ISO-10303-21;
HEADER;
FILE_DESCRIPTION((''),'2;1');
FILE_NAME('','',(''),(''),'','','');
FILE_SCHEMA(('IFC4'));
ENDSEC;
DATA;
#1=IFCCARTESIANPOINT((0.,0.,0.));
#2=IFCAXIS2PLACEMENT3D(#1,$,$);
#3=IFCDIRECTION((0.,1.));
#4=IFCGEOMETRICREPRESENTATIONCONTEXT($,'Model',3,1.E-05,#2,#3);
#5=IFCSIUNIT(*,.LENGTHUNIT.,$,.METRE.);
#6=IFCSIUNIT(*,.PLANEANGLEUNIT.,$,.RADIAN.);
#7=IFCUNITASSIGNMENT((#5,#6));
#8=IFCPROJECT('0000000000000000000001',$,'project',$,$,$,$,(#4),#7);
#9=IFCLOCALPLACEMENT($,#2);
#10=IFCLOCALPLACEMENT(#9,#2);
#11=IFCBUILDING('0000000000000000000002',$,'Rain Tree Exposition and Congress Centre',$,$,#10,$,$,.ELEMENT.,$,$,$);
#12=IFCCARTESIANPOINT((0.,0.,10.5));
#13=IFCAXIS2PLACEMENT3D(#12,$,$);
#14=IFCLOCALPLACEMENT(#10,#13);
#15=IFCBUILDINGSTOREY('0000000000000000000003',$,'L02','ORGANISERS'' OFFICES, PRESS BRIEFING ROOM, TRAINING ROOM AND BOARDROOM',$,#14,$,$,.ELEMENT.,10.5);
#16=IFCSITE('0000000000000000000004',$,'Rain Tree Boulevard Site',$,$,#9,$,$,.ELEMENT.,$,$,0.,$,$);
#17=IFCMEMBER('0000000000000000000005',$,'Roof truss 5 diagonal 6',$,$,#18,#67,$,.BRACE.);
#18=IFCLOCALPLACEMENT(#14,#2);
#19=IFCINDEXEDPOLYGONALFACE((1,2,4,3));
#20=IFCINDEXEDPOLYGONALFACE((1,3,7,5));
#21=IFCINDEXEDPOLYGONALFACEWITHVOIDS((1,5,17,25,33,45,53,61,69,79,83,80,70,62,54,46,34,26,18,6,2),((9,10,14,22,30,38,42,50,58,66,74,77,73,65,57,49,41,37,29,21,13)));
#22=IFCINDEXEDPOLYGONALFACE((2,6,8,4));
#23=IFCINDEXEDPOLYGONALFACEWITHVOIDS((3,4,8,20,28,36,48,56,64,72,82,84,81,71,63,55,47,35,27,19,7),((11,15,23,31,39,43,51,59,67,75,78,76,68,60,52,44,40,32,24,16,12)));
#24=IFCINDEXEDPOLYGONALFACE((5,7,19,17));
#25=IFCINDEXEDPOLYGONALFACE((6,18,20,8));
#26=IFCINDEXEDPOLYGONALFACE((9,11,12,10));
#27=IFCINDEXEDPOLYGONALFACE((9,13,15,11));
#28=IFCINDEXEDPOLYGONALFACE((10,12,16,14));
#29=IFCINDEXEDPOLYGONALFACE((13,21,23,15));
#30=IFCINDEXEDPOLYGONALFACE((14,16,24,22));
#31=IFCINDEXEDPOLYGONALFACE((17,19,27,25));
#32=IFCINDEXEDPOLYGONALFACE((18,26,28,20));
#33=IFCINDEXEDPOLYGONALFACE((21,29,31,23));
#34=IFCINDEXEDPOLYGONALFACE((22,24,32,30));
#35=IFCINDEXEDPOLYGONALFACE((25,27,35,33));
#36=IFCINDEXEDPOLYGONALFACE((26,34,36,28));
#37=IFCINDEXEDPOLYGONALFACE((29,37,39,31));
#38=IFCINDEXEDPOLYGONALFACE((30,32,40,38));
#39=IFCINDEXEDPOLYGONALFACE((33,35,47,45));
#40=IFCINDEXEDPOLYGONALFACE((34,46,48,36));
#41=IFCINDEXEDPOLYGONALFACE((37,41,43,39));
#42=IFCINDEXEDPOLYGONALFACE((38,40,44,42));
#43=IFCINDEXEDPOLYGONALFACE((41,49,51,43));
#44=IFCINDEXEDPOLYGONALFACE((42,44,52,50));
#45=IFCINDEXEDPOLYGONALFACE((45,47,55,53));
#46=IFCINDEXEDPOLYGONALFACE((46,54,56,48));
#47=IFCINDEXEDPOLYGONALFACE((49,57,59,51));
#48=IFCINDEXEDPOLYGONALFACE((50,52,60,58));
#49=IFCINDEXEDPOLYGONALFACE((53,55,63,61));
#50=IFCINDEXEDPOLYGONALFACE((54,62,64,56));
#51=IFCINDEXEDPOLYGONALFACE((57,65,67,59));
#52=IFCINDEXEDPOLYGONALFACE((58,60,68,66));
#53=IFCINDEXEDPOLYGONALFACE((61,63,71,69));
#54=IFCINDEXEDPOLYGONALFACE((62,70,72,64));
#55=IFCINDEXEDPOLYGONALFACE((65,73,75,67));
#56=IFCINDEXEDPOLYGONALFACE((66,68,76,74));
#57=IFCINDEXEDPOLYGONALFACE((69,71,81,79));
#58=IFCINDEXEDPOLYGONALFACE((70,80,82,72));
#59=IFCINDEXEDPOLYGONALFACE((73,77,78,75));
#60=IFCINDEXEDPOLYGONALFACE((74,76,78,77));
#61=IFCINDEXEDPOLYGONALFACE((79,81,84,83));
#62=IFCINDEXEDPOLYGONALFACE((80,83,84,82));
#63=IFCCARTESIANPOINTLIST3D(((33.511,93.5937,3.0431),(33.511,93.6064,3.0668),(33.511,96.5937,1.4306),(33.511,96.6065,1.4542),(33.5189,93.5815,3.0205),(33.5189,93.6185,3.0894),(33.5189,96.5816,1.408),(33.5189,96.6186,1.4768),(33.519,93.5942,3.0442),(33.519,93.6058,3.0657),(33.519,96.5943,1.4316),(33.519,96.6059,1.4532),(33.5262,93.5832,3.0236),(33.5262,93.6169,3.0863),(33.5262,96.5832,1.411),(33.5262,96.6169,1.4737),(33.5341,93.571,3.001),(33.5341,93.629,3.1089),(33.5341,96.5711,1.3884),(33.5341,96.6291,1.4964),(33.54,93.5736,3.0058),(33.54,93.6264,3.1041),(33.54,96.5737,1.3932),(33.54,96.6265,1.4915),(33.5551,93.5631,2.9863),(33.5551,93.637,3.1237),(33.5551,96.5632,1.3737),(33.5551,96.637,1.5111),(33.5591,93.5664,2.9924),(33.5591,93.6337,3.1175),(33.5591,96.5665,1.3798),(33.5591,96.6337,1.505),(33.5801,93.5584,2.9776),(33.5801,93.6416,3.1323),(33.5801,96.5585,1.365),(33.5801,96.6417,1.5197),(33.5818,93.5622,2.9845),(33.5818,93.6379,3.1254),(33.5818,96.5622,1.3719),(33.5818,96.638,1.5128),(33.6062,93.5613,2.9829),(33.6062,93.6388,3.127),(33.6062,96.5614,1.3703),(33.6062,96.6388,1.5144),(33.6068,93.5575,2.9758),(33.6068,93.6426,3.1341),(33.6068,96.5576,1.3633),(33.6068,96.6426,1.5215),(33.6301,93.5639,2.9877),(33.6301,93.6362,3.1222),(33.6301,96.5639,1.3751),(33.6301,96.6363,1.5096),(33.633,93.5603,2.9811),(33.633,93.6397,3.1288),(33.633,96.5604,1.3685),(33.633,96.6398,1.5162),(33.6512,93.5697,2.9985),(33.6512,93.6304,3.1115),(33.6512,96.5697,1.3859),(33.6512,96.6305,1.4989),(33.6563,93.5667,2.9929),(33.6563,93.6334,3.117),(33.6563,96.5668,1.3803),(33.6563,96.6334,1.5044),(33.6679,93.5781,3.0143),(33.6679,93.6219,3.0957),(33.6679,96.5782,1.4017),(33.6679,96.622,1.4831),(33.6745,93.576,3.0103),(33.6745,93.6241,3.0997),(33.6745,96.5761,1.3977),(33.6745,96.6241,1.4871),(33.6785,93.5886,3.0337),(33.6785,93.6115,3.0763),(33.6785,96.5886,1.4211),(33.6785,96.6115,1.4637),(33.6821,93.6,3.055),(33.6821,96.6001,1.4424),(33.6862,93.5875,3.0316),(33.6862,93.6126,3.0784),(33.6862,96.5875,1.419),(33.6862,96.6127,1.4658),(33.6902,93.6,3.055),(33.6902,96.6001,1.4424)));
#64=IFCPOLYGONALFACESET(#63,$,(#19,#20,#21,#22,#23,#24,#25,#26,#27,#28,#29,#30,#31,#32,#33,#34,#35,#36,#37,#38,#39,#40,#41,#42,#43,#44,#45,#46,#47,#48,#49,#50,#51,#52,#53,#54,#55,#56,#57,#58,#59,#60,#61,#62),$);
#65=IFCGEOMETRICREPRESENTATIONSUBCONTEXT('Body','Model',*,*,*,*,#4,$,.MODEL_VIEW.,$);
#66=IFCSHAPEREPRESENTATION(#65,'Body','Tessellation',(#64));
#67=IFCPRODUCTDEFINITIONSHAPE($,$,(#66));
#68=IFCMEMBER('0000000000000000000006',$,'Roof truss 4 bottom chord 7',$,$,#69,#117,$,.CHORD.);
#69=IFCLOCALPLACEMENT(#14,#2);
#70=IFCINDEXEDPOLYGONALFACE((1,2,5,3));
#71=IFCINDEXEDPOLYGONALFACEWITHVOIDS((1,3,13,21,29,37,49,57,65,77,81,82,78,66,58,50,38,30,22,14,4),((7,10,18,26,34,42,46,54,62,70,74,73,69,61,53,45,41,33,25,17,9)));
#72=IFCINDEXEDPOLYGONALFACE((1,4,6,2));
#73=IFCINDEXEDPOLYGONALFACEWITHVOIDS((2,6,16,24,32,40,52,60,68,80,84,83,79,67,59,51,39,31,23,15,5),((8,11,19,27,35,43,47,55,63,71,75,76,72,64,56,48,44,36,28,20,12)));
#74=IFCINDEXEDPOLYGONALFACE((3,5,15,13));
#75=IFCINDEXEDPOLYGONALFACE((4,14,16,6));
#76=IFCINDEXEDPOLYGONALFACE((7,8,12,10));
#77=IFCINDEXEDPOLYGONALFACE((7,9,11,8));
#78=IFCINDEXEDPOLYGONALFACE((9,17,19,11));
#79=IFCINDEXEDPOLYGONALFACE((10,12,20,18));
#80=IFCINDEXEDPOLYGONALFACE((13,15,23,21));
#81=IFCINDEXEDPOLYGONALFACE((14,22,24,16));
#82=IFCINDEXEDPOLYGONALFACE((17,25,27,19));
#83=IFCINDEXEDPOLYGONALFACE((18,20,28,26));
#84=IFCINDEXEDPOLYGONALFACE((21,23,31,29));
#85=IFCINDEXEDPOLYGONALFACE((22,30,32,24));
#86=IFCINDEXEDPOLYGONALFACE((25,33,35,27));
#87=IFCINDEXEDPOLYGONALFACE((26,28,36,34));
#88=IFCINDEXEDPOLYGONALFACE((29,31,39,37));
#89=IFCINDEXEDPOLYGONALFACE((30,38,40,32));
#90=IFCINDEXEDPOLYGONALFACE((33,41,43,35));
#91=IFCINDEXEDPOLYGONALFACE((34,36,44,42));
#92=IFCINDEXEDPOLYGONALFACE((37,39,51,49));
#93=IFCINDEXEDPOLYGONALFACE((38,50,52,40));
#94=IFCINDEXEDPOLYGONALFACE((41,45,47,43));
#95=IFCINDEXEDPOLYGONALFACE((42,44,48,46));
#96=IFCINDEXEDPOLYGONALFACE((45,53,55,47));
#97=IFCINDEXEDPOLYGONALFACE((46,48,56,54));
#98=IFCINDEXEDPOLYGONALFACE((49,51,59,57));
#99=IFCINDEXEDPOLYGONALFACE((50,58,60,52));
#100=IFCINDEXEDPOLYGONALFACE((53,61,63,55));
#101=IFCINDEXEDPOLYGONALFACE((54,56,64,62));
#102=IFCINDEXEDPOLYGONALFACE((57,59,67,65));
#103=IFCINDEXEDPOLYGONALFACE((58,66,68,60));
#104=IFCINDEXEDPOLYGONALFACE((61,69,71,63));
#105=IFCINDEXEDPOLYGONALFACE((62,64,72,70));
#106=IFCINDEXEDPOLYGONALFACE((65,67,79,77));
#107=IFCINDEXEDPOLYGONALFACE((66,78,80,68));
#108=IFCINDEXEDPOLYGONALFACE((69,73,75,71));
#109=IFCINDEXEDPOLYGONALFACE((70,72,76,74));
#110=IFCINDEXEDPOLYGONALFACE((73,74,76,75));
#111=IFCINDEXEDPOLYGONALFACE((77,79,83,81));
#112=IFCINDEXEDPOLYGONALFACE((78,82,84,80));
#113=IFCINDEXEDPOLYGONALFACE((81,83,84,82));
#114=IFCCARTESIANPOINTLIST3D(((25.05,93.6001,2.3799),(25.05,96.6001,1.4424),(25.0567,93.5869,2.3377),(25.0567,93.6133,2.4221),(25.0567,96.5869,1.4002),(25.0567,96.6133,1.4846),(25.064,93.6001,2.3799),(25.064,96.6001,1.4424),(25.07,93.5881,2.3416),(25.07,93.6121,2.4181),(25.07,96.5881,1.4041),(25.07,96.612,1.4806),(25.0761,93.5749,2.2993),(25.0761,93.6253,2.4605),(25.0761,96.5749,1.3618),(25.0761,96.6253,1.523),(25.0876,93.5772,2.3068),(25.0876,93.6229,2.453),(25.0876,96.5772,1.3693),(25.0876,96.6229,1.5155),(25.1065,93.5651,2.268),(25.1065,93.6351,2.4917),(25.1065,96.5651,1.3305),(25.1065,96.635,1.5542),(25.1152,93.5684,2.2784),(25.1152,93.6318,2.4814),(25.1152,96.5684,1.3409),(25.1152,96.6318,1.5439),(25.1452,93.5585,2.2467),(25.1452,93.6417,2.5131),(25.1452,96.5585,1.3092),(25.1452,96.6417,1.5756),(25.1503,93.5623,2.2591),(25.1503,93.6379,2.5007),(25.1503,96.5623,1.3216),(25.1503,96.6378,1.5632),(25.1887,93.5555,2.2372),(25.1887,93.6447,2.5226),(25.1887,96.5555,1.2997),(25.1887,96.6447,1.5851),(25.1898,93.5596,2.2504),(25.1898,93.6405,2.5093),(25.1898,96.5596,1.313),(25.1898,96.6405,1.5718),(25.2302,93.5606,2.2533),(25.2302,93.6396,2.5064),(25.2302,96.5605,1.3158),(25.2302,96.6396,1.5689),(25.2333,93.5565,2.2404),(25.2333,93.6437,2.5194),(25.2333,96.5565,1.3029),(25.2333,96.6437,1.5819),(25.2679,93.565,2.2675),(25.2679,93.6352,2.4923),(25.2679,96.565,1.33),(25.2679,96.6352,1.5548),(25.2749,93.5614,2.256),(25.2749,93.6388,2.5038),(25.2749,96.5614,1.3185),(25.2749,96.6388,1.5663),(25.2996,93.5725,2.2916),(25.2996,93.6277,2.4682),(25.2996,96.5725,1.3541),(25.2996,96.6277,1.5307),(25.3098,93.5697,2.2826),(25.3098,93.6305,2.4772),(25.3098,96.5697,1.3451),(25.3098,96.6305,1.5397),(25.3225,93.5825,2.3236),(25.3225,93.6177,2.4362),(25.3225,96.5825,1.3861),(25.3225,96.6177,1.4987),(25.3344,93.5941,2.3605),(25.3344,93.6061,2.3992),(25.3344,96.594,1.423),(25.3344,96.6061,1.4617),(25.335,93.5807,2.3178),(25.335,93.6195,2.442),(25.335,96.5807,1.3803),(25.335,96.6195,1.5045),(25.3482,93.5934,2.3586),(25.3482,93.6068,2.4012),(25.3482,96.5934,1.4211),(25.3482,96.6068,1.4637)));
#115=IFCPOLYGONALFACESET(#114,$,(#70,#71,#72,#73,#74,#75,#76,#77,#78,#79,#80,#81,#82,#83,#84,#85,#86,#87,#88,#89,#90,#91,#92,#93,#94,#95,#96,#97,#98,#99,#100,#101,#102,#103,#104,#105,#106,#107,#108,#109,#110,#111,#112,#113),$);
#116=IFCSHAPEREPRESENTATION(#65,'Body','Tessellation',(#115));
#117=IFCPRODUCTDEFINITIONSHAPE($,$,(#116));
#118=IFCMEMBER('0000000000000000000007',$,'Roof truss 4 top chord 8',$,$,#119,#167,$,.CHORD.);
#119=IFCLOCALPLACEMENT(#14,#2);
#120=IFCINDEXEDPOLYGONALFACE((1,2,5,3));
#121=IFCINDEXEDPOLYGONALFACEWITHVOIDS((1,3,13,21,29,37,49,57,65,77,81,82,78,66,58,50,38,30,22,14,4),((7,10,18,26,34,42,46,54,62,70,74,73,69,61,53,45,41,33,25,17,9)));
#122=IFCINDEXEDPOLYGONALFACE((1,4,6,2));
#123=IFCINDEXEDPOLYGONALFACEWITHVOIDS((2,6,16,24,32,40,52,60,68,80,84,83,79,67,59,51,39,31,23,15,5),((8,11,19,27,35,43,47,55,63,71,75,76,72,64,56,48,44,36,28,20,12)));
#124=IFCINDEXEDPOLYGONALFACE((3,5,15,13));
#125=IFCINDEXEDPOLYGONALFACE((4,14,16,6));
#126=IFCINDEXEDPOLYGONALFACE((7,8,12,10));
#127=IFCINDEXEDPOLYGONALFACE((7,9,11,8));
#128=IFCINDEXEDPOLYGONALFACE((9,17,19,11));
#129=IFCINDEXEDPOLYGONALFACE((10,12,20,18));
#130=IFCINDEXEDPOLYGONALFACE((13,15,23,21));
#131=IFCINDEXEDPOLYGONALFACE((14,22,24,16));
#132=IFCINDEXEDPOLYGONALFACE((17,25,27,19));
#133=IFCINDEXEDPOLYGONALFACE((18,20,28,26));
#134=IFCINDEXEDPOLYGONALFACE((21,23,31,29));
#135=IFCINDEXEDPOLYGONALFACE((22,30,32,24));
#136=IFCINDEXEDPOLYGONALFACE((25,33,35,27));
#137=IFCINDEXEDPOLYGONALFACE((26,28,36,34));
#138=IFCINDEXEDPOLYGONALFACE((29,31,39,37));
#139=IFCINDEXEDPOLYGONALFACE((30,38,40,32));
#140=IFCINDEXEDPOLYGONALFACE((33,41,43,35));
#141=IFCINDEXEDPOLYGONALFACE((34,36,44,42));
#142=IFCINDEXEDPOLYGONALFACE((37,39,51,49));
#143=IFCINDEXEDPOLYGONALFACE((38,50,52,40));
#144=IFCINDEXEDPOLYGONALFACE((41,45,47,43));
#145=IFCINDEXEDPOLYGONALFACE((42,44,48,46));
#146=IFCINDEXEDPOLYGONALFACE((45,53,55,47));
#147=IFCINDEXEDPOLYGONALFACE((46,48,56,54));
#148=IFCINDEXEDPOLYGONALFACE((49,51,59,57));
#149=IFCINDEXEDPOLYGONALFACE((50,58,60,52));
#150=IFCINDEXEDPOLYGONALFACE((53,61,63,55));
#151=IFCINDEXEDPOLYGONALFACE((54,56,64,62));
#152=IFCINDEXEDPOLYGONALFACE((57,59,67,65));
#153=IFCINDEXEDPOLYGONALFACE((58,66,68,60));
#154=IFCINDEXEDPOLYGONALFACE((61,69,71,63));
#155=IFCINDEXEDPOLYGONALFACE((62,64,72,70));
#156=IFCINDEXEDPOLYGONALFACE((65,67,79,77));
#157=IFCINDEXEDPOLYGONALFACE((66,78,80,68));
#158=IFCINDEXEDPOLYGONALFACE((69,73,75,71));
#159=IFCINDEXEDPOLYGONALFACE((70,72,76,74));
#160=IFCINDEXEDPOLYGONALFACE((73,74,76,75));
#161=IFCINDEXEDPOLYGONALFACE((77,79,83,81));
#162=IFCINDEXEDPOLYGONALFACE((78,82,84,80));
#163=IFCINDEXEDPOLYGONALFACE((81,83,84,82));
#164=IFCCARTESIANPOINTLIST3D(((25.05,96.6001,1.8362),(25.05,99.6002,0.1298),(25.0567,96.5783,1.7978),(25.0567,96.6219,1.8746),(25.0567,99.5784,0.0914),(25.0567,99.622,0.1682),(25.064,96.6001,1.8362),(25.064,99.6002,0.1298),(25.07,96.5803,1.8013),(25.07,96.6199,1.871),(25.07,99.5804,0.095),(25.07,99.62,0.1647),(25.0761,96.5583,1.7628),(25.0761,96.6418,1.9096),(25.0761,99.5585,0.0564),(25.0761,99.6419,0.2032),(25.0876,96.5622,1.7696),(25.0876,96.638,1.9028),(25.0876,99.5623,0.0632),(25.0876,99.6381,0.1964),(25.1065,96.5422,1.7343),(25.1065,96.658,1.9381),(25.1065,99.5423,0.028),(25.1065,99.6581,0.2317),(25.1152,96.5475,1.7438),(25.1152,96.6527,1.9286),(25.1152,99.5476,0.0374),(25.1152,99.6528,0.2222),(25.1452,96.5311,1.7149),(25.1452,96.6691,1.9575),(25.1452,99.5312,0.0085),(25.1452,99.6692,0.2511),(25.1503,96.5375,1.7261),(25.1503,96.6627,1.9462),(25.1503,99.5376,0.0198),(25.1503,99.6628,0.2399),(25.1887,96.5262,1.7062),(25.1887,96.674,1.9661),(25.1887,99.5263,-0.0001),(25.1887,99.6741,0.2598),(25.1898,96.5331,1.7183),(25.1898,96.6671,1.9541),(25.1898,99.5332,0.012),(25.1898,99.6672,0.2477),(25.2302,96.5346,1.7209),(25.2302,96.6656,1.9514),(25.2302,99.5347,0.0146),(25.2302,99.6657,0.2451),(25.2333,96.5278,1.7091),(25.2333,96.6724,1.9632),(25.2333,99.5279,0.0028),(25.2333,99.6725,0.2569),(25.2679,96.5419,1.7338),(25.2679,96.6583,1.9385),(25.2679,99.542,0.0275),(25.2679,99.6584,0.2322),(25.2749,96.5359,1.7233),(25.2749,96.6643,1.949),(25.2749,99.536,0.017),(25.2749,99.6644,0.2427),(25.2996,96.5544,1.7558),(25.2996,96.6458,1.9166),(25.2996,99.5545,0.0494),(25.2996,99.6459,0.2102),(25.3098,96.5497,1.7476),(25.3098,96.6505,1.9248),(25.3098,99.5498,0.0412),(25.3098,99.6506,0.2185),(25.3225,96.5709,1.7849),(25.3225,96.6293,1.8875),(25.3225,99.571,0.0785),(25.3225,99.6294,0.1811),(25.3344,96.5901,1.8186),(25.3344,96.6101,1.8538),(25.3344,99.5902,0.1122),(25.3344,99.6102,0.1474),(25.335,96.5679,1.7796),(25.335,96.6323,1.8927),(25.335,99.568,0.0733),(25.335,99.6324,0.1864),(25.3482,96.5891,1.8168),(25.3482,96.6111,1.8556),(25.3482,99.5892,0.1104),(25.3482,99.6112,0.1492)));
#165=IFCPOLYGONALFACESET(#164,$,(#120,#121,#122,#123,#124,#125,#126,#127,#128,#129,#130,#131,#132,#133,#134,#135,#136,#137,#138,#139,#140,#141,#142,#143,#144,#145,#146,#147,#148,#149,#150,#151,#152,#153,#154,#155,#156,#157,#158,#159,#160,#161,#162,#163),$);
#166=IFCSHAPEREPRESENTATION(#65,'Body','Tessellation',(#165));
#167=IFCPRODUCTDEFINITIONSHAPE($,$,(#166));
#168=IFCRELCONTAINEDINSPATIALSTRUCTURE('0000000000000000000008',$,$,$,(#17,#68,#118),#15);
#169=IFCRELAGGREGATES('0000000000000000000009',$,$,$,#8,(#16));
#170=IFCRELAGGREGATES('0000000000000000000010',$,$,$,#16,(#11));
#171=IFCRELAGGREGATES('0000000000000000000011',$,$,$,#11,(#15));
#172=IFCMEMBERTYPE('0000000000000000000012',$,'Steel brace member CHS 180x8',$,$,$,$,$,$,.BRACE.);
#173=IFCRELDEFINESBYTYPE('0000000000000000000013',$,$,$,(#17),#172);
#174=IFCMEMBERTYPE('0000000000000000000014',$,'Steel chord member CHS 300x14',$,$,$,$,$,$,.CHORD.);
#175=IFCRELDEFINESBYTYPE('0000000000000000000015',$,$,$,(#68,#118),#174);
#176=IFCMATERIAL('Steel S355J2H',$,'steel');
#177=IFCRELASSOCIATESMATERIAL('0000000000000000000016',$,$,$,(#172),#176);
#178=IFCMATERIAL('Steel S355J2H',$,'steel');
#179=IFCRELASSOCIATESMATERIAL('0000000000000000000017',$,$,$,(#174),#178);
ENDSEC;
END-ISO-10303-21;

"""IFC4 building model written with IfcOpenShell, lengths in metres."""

from ifc_helpers import new_model, si_unit, direction, frame, origin, origin_2d, place, context, subcontext, project, spatial, hollow_circle, extrude, material, material_profile, profile_set, type_object, element, save


model = new_model("IFC4")

# Units and contexts
model_context = context("Model", 3, precision=1e-05, world=origin(), true_north=direction((0.0, 1.0)))
body_context = subcontext(model_context, "Body", "Model", "MODEL_VIEW")
ifc_project = project(units=[si_unit("LENGTHUNIT", "METRE"), si_unit("PLANEANGLEUNIT", "RADIAN")], contexts=[model_context])

# Site, building, storey
site_placement = place(None, origin())
site = spatial("IfcSite", under=ifc_project, at=site_placement, Name="Rain Tree Boulevard Site", CompositionType="ELEMENT", RefElevation=0.0)
building_placement = place(site_placement, origin())
building = spatial("IfcBuilding", under=site, at=building_placement, Name="Rain Tree Exposition and Congress Centre", CompositionType="ELEMENT")
storey_placement = place(building_placement, frame((0.0, 0.0, 10.5)))
storey = spatial("IfcBuildingStorey", under=building, at=storey_placement, Name="L02", Description="ORGANISERS' OFFICES, PRESS BRIEFING ROOM, TRAINING ROOM AND BOARDROOM", CompositionType="ELEMENT", Elevation=10.5)

# Members
ifc_material_1 = material(Name="Steel S355J2H", Category="steel")
ifc_material_profile_1 = material_profile(ifc_material_1, hollow_circle(Radius=0.0901, WallThickness=0.0081, at=origin_2d()), Name="CHS 180x8")
ifc_profile_set_1 = profile_set([ifc_material_profile_1], Name="Steel S355J2H")
member_type_1 = type_object("IfcMemberType", Name="Steel brace member CHS 180x8", PredefinedType="BRACE", material=ifc_profile_set_1)
member_1_placement = place(storey_placement, frame((33.6001, 96.6001, 1.4424), z_axis=(0.0, -0.880818, 0.473454), x_axis=(1.0, 0.0, 0.0)))
element("IfcMember", 1, at=member_1_placement, inside=storey, type_object=member_type_1, Name="Roof truss 5 diagonal 6", PredefinedType="BRACE", context=body_context, shape_type="SweptSolid", body=[
    extrude(hollow_circle(Radius=0.0901, WallThickness=0.0081, at=origin_2d()), origin(), (0.0, 0.0, 1.0), 3.406),
])
ifc_material_2 = material(Name="Steel S355J2H", Category="steel")
ifc_material_profile_2 = material_profile(ifc_material_2, hollow_circle(Radius=0.1499, WallThickness=0.0139, at=origin_2d()), Name="CHS 300x14")
ifc_profile_set_2 = profile_set([ifc_material_profile_2], Name="Steel S355J2H")
member_type_2 = type_object("IfcMemberType", Name="Steel chord member CHS 300x14", PredefinedType="CHORD", material=ifc_profile_set_2)
member_2_placement = place(storey_placement, frame((25.2, 93.6001, 2.3799), z_axis=(0.0, 0.95448, -0.298275), x_axis=(-1.0, 0.0, 0.0)))
element("IfcMember", 2, at=member_2_placement, inside=storey, type_object=member_type_2, Name="Roof truss 4 bottom chord 7", PredefinedType="CHORD", context=body_context, shape_type="SweptSolid", body=[
    extrude(hollow_circle(Radius=0.1499, WallThickness=0.0139, at=origin_2d()), origin(), (0.0, 0.0, 1.0), 3.1431),
])
member_3_placement = place(storey_placement, frame((25.2, 96.6001, 1.8362), z_axis=(0.0, 0.869238, -0.494393), x_axis=(-1.0, 0.0, 0.0)))
element("IfcMember", 3, at=member_3_placement, inside=storey, type_object=member_type_2, Name="Roof truss 4 top chord 8", PredefinedType="CHORD", context=body_context, shape_type="SweptSolid", body=[
    extrude(hollow_circle(Radius=0.1499, WallThickness=0.0139, at=origin_2d()), origin(), (0.0, 0.0, 1.0), 3.4514),
])

save(model, "model.ifc")
